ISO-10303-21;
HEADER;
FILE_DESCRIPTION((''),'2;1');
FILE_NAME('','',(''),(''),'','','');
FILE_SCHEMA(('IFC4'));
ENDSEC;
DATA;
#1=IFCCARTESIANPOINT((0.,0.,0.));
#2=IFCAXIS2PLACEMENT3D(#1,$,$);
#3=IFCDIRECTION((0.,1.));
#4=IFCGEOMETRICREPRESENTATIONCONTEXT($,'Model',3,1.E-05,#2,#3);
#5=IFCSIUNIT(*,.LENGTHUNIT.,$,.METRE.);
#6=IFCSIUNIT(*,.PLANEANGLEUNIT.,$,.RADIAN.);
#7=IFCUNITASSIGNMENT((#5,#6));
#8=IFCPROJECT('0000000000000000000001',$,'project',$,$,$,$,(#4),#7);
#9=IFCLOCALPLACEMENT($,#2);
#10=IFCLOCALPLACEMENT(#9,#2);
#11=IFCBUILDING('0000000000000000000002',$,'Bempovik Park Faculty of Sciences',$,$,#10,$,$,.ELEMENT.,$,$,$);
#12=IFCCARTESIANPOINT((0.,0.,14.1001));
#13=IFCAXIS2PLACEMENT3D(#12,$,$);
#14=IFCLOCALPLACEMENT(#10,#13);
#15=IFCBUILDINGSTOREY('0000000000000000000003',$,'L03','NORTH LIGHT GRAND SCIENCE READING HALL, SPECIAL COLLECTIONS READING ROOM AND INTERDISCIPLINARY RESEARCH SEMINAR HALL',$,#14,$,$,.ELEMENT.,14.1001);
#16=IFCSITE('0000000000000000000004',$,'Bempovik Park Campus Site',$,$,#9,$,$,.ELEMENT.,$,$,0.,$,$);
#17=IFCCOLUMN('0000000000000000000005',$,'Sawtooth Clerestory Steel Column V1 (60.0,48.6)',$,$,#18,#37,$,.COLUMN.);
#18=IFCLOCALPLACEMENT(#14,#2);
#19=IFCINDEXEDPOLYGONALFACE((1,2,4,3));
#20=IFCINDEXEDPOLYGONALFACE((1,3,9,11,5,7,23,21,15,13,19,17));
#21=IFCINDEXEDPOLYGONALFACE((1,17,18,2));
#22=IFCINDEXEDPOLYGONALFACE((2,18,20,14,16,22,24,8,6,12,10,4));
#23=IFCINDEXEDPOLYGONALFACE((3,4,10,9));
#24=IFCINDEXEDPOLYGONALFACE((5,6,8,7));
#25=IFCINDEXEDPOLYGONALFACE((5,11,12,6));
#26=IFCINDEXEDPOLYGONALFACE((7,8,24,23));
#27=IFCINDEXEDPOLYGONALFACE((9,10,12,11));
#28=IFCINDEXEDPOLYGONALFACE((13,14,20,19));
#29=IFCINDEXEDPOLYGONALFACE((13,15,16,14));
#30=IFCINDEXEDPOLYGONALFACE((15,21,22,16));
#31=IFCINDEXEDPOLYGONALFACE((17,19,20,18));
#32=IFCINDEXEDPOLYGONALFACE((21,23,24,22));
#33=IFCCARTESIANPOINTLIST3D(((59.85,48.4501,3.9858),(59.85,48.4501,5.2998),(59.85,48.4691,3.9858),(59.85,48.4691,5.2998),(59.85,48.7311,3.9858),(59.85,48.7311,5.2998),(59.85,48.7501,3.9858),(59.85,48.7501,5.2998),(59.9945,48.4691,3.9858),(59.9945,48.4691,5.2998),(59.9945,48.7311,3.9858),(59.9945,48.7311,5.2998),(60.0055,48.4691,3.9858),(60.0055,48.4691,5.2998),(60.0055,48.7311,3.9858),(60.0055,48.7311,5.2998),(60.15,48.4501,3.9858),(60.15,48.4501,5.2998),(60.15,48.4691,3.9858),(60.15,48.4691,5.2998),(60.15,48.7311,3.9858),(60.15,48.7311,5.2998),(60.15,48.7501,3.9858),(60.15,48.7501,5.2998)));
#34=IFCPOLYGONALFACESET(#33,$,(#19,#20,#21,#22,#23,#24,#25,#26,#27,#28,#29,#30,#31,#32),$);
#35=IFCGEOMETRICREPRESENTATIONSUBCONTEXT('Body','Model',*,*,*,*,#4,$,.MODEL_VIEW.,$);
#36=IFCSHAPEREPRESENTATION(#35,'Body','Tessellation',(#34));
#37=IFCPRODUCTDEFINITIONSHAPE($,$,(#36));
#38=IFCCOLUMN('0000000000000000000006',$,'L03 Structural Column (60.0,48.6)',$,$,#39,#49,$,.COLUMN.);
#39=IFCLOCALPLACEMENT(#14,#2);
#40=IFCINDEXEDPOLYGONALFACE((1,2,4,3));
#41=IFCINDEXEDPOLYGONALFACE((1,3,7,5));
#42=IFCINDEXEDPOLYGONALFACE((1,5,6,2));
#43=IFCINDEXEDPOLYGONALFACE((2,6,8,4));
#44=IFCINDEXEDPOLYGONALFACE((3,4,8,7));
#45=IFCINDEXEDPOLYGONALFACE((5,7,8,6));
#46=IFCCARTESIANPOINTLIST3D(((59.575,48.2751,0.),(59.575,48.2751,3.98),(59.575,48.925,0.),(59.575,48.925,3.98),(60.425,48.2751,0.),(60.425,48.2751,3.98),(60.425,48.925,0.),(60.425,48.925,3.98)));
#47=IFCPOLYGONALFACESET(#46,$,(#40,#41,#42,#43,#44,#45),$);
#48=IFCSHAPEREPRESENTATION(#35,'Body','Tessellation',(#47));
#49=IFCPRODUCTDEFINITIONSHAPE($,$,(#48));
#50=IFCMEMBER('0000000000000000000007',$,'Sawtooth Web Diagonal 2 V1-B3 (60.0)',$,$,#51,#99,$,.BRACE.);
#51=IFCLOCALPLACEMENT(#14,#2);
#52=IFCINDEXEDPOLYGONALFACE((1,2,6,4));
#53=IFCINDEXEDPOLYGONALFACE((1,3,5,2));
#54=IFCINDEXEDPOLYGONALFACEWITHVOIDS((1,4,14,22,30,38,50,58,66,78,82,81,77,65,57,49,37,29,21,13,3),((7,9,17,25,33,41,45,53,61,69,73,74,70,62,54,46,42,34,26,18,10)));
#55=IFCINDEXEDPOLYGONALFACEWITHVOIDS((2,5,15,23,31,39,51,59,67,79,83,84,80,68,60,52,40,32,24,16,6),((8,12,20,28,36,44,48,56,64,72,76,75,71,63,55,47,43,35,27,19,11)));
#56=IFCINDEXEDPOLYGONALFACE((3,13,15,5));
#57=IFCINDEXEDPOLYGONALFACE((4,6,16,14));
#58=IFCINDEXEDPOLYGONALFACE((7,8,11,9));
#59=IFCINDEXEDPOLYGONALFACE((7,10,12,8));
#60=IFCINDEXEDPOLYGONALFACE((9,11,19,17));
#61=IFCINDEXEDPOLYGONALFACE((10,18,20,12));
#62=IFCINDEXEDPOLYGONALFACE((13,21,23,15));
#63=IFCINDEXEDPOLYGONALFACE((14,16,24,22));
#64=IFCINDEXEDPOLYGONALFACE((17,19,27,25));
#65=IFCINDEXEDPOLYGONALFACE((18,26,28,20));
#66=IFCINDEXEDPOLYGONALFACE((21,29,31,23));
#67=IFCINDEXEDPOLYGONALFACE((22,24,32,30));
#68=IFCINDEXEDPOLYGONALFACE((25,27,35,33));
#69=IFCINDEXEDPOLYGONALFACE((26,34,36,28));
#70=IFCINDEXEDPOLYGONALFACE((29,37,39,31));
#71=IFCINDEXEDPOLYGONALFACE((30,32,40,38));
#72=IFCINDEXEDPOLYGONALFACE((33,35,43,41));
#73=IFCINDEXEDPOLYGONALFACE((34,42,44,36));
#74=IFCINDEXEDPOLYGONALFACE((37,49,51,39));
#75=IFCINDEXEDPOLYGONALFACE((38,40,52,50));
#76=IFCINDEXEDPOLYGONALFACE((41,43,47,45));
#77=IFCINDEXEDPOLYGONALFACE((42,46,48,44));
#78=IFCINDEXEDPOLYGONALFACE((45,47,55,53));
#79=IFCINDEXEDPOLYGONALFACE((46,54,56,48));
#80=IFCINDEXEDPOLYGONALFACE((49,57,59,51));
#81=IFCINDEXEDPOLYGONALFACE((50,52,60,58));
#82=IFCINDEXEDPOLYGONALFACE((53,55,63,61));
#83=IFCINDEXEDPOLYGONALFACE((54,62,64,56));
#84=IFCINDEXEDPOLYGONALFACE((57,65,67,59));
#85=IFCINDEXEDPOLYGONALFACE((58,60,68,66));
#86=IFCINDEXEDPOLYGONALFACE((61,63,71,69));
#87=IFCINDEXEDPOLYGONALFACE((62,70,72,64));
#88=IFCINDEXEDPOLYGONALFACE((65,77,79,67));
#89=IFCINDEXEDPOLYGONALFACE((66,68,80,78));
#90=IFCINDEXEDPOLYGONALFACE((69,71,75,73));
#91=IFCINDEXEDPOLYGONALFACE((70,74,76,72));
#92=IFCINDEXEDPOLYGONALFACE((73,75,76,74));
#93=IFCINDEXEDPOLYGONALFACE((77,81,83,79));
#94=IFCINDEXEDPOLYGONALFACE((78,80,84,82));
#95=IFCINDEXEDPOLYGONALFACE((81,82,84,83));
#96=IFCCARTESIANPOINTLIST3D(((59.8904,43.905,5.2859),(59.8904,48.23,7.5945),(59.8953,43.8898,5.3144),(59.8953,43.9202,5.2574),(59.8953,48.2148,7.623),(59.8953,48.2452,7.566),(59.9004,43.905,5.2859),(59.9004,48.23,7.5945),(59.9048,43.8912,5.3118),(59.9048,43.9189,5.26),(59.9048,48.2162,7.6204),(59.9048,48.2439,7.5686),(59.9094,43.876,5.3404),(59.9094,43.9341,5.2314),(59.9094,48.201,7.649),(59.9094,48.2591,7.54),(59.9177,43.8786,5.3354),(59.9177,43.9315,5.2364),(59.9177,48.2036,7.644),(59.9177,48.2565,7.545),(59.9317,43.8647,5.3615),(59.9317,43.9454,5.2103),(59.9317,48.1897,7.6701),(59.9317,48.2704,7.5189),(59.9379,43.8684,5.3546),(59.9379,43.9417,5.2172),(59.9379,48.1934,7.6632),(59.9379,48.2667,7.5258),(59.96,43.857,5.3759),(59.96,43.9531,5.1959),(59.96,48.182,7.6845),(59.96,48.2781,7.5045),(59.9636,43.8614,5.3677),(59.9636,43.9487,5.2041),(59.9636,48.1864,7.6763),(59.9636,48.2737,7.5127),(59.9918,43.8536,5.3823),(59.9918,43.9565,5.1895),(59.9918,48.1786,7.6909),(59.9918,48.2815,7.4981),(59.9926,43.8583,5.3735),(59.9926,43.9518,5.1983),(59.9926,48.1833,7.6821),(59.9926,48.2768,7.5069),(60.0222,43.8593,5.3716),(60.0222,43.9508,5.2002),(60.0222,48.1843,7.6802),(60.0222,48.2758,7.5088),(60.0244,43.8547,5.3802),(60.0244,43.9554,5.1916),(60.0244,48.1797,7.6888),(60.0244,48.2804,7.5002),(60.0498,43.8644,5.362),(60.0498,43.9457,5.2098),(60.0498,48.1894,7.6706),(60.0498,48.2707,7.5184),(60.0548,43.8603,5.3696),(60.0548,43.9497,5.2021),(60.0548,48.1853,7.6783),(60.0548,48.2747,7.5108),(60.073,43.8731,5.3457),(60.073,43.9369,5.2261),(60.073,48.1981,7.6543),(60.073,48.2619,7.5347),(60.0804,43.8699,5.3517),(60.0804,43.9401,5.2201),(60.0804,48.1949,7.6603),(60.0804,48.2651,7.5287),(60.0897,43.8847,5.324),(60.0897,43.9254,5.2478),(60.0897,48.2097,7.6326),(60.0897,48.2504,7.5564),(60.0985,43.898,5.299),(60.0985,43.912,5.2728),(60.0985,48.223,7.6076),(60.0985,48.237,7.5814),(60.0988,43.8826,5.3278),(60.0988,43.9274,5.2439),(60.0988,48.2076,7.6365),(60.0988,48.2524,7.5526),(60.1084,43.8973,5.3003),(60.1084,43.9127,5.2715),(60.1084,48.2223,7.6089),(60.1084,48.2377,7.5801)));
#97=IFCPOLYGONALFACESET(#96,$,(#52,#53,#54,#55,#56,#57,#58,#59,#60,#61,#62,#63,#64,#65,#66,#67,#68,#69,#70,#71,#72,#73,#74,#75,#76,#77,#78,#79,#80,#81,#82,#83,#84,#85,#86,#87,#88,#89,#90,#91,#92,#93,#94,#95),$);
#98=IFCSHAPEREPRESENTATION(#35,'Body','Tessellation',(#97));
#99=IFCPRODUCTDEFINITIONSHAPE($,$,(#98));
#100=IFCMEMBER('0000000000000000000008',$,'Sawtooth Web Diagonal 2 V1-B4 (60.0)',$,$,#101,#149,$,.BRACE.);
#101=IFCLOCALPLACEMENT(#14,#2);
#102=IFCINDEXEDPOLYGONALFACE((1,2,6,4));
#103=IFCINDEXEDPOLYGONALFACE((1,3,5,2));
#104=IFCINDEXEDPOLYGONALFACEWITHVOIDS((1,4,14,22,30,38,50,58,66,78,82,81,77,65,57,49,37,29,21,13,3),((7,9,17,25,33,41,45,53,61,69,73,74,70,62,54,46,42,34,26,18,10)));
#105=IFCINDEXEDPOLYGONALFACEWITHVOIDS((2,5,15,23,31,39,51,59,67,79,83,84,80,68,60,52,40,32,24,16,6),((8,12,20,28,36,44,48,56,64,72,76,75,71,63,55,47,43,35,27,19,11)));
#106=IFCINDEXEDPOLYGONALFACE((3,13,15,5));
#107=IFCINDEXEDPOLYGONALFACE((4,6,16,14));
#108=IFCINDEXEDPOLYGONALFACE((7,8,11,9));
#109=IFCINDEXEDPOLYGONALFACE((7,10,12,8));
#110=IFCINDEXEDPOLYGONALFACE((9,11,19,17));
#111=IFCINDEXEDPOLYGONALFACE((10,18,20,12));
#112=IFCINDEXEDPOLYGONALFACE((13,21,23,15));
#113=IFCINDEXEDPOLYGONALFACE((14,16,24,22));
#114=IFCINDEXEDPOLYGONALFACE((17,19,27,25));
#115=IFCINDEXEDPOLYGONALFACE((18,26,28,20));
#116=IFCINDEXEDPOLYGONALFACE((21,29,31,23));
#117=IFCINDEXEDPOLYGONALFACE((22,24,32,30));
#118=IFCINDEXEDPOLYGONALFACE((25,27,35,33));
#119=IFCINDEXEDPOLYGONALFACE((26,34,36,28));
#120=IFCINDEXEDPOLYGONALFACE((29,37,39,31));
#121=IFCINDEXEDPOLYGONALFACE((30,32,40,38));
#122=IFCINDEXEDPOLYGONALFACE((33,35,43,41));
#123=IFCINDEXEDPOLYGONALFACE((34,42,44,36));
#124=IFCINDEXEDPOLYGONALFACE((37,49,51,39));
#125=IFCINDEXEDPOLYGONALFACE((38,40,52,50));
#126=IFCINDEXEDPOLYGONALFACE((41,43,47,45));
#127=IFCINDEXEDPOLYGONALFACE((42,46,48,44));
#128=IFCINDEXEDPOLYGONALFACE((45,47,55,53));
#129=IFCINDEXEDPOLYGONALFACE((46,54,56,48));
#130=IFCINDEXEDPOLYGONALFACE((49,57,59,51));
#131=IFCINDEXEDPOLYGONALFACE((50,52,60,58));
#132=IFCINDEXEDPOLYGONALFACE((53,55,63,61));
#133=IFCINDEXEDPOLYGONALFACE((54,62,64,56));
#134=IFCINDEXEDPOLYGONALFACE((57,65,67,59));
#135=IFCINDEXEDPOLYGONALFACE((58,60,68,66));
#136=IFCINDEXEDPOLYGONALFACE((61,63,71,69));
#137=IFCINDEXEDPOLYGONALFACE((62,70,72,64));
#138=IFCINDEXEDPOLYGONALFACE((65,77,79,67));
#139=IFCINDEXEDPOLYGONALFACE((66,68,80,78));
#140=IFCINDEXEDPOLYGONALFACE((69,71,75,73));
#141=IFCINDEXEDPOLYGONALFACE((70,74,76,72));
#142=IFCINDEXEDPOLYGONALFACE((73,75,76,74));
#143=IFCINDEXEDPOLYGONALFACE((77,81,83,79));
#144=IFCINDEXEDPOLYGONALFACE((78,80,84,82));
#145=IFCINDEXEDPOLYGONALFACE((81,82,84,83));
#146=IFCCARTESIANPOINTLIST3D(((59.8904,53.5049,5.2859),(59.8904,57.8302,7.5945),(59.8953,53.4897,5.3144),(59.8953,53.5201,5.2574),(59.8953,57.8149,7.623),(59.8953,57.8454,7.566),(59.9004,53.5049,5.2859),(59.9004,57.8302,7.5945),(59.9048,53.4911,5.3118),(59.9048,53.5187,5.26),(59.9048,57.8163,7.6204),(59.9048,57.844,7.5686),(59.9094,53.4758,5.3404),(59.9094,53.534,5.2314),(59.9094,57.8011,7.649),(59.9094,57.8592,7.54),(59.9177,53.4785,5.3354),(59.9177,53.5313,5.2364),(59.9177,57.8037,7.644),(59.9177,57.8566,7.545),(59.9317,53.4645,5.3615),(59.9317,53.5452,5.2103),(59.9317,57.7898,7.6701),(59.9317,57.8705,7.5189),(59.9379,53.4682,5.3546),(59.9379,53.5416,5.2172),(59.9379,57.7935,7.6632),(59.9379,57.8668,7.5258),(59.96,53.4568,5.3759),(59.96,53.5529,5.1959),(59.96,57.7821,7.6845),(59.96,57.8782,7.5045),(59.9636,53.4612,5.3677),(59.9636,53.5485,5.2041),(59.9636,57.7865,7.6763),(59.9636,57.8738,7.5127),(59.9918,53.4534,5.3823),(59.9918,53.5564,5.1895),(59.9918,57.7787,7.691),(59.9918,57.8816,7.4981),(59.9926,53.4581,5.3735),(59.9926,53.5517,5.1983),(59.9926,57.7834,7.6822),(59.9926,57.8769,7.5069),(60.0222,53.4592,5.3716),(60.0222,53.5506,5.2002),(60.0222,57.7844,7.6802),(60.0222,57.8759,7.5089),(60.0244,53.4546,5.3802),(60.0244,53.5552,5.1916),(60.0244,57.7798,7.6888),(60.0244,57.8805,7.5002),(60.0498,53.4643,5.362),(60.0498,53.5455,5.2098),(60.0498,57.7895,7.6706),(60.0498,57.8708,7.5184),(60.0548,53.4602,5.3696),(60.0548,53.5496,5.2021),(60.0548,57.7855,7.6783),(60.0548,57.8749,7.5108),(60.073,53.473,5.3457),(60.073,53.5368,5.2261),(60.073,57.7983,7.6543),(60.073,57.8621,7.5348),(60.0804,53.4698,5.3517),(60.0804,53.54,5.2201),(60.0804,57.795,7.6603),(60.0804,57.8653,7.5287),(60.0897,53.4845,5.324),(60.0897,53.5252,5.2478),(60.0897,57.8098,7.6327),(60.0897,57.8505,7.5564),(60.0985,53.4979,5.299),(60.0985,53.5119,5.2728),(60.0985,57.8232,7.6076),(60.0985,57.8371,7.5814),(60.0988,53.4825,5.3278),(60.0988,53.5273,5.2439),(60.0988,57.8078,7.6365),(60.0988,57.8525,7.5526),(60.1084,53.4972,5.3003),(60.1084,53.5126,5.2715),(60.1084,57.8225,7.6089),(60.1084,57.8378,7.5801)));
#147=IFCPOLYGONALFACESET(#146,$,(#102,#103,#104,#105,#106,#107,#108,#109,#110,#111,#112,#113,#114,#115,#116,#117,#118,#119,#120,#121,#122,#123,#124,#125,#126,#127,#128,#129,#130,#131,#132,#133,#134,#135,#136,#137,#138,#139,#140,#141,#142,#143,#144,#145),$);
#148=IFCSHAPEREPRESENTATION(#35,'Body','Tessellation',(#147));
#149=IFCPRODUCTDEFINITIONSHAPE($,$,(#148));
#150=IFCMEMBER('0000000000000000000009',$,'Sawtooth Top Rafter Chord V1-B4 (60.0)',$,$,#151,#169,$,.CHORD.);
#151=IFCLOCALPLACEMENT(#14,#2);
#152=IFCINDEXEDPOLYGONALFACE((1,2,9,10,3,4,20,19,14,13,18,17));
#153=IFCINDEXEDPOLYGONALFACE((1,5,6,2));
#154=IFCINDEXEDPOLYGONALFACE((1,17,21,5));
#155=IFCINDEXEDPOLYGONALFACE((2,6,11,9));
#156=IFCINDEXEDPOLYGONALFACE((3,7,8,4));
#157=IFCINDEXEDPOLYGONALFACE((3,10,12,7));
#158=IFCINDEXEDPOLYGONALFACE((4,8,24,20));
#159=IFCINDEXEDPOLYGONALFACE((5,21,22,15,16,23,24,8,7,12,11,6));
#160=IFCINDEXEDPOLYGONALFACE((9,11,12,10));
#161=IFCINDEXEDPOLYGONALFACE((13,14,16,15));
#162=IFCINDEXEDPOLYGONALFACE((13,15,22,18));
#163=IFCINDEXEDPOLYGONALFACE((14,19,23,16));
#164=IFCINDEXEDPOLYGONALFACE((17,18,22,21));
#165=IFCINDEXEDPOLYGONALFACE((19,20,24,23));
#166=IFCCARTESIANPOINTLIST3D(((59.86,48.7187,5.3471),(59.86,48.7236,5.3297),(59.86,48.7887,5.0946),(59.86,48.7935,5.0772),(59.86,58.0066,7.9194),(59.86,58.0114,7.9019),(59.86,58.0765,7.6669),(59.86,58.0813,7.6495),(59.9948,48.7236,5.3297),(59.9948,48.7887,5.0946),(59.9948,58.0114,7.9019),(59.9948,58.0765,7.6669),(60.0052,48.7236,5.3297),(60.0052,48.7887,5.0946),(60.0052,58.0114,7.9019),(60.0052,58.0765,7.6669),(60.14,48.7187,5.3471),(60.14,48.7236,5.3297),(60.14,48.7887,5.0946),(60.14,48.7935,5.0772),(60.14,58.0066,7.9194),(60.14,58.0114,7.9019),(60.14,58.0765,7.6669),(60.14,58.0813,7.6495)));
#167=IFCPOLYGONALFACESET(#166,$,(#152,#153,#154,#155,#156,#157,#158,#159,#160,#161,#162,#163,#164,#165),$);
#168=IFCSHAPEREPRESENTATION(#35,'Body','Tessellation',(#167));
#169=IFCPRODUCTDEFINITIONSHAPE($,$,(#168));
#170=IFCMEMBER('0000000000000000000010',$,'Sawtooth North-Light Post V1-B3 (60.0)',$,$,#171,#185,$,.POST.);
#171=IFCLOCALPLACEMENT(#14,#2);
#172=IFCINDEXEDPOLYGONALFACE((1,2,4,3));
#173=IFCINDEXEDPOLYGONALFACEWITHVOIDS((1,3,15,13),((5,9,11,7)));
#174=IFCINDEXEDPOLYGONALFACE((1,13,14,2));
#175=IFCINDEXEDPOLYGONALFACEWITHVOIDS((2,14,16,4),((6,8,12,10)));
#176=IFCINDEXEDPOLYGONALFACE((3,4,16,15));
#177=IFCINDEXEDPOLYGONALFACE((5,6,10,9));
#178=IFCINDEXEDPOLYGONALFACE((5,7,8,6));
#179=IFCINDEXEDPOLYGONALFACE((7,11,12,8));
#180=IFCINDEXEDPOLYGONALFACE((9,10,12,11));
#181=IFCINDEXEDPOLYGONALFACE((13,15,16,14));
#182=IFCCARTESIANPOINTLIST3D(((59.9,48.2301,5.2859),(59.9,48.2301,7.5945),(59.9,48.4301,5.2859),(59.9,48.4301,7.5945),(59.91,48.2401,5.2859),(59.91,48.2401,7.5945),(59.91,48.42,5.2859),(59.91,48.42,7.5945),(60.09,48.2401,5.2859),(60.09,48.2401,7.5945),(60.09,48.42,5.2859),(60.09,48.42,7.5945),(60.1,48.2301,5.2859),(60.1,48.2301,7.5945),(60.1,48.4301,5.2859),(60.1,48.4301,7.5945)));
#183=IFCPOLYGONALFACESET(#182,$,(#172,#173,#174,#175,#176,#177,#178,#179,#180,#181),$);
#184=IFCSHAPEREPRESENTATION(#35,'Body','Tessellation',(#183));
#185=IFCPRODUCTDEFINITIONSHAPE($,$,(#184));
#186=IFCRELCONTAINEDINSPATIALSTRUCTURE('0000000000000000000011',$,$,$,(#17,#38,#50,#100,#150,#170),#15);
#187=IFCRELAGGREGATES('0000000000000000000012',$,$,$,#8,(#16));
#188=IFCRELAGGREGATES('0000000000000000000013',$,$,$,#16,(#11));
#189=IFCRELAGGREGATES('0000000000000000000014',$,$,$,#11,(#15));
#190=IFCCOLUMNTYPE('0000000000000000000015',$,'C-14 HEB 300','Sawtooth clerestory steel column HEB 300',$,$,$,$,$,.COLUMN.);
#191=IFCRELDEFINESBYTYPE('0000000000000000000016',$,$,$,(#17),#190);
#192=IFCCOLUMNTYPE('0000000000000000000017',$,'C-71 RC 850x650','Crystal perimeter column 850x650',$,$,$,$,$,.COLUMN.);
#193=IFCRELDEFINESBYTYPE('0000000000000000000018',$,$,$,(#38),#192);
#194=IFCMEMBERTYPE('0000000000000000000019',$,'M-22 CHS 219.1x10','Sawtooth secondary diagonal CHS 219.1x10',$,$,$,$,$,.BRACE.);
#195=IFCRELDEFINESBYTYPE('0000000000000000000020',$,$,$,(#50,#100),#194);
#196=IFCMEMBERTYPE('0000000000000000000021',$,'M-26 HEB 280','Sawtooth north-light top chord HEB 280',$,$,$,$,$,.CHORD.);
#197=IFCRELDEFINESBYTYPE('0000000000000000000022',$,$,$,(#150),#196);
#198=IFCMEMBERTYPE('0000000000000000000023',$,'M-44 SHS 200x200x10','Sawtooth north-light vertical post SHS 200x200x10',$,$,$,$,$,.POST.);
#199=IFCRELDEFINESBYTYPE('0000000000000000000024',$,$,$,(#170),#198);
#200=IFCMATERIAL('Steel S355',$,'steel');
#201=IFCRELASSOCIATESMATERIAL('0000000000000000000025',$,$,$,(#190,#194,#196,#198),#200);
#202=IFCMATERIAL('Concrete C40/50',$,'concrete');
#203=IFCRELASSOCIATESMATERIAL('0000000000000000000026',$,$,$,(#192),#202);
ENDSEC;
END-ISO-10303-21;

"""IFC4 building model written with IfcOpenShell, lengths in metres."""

from ifc_helpers import new_model, si_unit, direction, frame, origin, origin_2d, place, context, subcontext, project, spatial, rectangle, hollow_rectangle, hollow_circle, i_section, extrude, material, material_profile, profile_set, type_object, element, save


model = new_model("IFC4")

# Units and contexts
model_context = context("Model", 3, precision=1e-05, world=origin(), true_north=direction((0.0, 1.0)))
body_context = subcontext(model_context, "Body", "Model", "MODEL_VIEW")
ifc_project = project(units=[si_unit("LENGTHUNIT", "METRE"), si_unit("PLANEANGLEUNIT", "RADIAN")], contexts=[model_context])

# Site, building, storey
site_placement = place(None, origin())
site = spatial("IfcSite", under=ifc_project, at=site_placement, Name="Bempovik Park Campus Site", CompositionType="ELEMENT", RefElevation=0.0)
building_placement = place(site_placement, origin())
building = spatial("IfcBuilding", under=site, at=building_placement, Name="Bempovik Park Faculty of Sciences", CompositionType="ELEMENT")
storey_placement = place(building_placement, frame((0.0, 0.0, 14.1001)))
storey = spatial("IfcBuildingStorey", under=building, at=storey_placement, Name="L03", Description="NORTH LIGHT GRAND SCIENCE READING HALL, SPECIAL COLLECTIONS READING ROOM AND INTERDISCIPLINARY RESEARCH SEMINAR HALL", CompositionType="ELEMENT", Elevation=14.1001)

# Columns
ifc_material_1 = material(Name="Steel S355", Category="steel")
ifc_material_profile_1 = material_profile(ifc_material_1, i_section(OverallWidth=0.3, OverallDepth=0.3, WebThickness=0.011, FlangeThickness=0.019, at=origin_2d()), Name="HEB 300")
ifc_profile_set_1 = profile_set([ifc_material_profile_1], Name="Steel S355")
column_type_1 = type_object("IfcColumnType", Name="C-14 HEB 300", Description="Sawtooth clerestory steel column HEB 300", PredefinedType="COLUMN", material=ifc_profile_set_1)
column_1_placement = place(storey_placement, frame((60.0, 48.6001, 3.9858), z_axis=(0.0, 0.0, 1.0), x_axis=(1.0, 0.0, 0.0)))
element("IfcColumn", 1, at=column_1_placement, inside=storey, type_object=column_type_1, Name="Sawtooth Clerestory Steel Column V1 (60.0,48.6)", PredefinedType="COLUMN", context=body_context, shape_type="SweptSolid", body=[
    extrude(i_section(OverallWidth=0.3, OverallDepth=0.3, WebThickness=0.011, FlangeThickness=0.019, at=origin_2d()), origin(), (0.0, 0.0, 1.0), 1.314),
])
ifc_material_2 = material(Name="Concrete C40/50", Category="concrete")
ifc_material_profile_2 = material_profile(ifc_material_2, rectangle(XDim=0.8501, YDim=0.6499, at=origin_2d()), Name="RC 850x650")
ifc_profile_set_2 = profile_set([ifc_material_profile_2], Name="Concrete C40/50")
column_type_2 = type_object("IfcColumnType", Name="C-71 RC 850x650", Description="Crystal perimeter column 850x650", PredefinedType="COLUMN", material=ifc_profile_set_2)
column_2_placement = place(storey_placement, frame((60.0, 48.6001, 0.0), z_axis=(0.0, 0.0, 1.0), x_axis=(1.0, 0.0, 0.0)))
element("IfcColumn", 2, at=column_2_placement, inside=storey, type_object=column_type_2, Name="L03 Structural Column (60.0,48.6)", PredefinedType="COLUMN", context=body_context, shape_type="SweptSolid", body=[
    extrude(rectangle(XDim=0.8501, YDim=0.6499, at=origin_2d()), origin(), (0.0, 0.0, 1.0), 3.98),
])

# Members
ifc_material_profile_3 = material_profile(ifc_material_1, hollow_circle(Radius=0.1096, WallThickness=0.01, at=origin_2d()), Name="CHS 219.1x10")
ifc_profile_set_3 = profile_set([ifc_material_profile_3], Name="Steel S355")
member_type_1 = type_object("IfcMemberType", Name="M-22 CHS 219.1x10", Description="Sawtooth secondary diagonal CHS 219.1x10", PredefinedType="BRACE", material=ifc_profile_set_3)
member_1_placement = place(storey_placement, frame((60.0, 43.905, 5.2859), z_axis=(0.0, 0.882187, 0.470898), x_axis=(-1.0, 0.0, 0.0)))
element("IfcMember", 3, at=member_1_placement, inside=storey, type_object=member_type_1, Name="Sawtooth Web Diagonal 2 V1-B3 (60.0)", PredefinedType="BRACE", context=body_context, shape_type="SweptSolid", body=[
    extrude(hollow_circle(Radius=0.1096, WallThickness=0.01, at=origin_2d()), origin(), (0.0, 0.0, 1.0), 4.9026),
])
member_2_placement = place(storey_placement, frame((60.0, 53.5049, 5.2859), z_axis=(0.0, 0.882199, 0.470878), x_axis=(-1.0, 0.0, 0.0)))
element("IfcMember", 4, at=member_2_placement, inside=storey, type_object=member_type_1, Name="Sawtooth Web Diagonal 2 V1-B4 (60.0)", PredefinedType="BRACE", context=body_context, shape_type="SweptSolid", body=[
    extrude(hollow_circle(Radius=0.1096, WallThickness=0.01, at=origin_2d()), origin(), (0.0, 0.0, 1.0), 4.9028),
])
ifc_material_profile_4 = material_profile(ifc_material_1, i_section(OverallWidth=0.28, OverallDepth=0.28, WebThickness=0.0105, FlangeThickness=0.0181, at=origin_2d()), Name="HEB 280")
ifc_profile_set_4 = profile_set([ifc_material_profile_4], Name="Steel S355")
member_type_2 = type_object("IfcMemberType", Name="M-26 HEB 280", Description="Sawtooth north-light top chord HEB 280", PredefinedType="CHORD", material=ifc_profile_set_4)
member_3_placement = place(storey_placement, frame((60.0, 48.7561, 5.2122), z_axis=(0.0, 0.963723, 0.266903), x_axis=(-1.0, 0.0, 0.0)))
element("IfcMember", 5, at=member_3_placement, inside=storey, type_object=member_type_2, Name="Sawtooth Top Rafter Chord V1-B4 (60.0)", PredefinedType="CHORD", context=body_context, shape_type="SweptSolid", body=[
    extrude(i_section(OverallWidth=0.28, OverallDepth=0.28, WebThickness=0.0105, FlangeThickness=0.0181, at=origin_2d()), origin(), (0.0, 0.0, 1.0), 9.6375),
])
ifc_material_profile_5 = material_profile(ifc_material_1, hollow_rectangle(XDim=0.2, YDim=0.2, WallThickness=0.01, at=origin_2d()), Name="SHS 200x200x10")
ifc_profile_set_5 = profile_set([ifc_material_profile_5], Name="Steel S355")
member_type_3 = type_object("IfcMemberType", Name="M-44 SHS 200x200x10", Description="Sawtooth north-light vertical post SHS 200x200x10", PredefinedType="POST", material=ifc_profile_set_5)
member_4_placement = place(storey_placement, frame((60.0, 48.3301, 5.2859), z_axis=(0.0, 0.0, 1.0), x_axis=(1.0, 0.0, 0.0)))
element("IfcMember", 6, at=member_4_placement, inside=storey, type_object=member_type_3, Name="Sawtooth North-Light Post V1-B3 (60.0)", PredefinedType="POST", context=body_context, shape_type="SweptSolid", body=[
    extrude(hollow_rectangle(XDim=0.2, YDim=0.2, WallThickness=0.01, at=origin_2d()), origin(), (0.0, 0.0, 1.0), 2.3086),
])

save(model, "model.ifc")
